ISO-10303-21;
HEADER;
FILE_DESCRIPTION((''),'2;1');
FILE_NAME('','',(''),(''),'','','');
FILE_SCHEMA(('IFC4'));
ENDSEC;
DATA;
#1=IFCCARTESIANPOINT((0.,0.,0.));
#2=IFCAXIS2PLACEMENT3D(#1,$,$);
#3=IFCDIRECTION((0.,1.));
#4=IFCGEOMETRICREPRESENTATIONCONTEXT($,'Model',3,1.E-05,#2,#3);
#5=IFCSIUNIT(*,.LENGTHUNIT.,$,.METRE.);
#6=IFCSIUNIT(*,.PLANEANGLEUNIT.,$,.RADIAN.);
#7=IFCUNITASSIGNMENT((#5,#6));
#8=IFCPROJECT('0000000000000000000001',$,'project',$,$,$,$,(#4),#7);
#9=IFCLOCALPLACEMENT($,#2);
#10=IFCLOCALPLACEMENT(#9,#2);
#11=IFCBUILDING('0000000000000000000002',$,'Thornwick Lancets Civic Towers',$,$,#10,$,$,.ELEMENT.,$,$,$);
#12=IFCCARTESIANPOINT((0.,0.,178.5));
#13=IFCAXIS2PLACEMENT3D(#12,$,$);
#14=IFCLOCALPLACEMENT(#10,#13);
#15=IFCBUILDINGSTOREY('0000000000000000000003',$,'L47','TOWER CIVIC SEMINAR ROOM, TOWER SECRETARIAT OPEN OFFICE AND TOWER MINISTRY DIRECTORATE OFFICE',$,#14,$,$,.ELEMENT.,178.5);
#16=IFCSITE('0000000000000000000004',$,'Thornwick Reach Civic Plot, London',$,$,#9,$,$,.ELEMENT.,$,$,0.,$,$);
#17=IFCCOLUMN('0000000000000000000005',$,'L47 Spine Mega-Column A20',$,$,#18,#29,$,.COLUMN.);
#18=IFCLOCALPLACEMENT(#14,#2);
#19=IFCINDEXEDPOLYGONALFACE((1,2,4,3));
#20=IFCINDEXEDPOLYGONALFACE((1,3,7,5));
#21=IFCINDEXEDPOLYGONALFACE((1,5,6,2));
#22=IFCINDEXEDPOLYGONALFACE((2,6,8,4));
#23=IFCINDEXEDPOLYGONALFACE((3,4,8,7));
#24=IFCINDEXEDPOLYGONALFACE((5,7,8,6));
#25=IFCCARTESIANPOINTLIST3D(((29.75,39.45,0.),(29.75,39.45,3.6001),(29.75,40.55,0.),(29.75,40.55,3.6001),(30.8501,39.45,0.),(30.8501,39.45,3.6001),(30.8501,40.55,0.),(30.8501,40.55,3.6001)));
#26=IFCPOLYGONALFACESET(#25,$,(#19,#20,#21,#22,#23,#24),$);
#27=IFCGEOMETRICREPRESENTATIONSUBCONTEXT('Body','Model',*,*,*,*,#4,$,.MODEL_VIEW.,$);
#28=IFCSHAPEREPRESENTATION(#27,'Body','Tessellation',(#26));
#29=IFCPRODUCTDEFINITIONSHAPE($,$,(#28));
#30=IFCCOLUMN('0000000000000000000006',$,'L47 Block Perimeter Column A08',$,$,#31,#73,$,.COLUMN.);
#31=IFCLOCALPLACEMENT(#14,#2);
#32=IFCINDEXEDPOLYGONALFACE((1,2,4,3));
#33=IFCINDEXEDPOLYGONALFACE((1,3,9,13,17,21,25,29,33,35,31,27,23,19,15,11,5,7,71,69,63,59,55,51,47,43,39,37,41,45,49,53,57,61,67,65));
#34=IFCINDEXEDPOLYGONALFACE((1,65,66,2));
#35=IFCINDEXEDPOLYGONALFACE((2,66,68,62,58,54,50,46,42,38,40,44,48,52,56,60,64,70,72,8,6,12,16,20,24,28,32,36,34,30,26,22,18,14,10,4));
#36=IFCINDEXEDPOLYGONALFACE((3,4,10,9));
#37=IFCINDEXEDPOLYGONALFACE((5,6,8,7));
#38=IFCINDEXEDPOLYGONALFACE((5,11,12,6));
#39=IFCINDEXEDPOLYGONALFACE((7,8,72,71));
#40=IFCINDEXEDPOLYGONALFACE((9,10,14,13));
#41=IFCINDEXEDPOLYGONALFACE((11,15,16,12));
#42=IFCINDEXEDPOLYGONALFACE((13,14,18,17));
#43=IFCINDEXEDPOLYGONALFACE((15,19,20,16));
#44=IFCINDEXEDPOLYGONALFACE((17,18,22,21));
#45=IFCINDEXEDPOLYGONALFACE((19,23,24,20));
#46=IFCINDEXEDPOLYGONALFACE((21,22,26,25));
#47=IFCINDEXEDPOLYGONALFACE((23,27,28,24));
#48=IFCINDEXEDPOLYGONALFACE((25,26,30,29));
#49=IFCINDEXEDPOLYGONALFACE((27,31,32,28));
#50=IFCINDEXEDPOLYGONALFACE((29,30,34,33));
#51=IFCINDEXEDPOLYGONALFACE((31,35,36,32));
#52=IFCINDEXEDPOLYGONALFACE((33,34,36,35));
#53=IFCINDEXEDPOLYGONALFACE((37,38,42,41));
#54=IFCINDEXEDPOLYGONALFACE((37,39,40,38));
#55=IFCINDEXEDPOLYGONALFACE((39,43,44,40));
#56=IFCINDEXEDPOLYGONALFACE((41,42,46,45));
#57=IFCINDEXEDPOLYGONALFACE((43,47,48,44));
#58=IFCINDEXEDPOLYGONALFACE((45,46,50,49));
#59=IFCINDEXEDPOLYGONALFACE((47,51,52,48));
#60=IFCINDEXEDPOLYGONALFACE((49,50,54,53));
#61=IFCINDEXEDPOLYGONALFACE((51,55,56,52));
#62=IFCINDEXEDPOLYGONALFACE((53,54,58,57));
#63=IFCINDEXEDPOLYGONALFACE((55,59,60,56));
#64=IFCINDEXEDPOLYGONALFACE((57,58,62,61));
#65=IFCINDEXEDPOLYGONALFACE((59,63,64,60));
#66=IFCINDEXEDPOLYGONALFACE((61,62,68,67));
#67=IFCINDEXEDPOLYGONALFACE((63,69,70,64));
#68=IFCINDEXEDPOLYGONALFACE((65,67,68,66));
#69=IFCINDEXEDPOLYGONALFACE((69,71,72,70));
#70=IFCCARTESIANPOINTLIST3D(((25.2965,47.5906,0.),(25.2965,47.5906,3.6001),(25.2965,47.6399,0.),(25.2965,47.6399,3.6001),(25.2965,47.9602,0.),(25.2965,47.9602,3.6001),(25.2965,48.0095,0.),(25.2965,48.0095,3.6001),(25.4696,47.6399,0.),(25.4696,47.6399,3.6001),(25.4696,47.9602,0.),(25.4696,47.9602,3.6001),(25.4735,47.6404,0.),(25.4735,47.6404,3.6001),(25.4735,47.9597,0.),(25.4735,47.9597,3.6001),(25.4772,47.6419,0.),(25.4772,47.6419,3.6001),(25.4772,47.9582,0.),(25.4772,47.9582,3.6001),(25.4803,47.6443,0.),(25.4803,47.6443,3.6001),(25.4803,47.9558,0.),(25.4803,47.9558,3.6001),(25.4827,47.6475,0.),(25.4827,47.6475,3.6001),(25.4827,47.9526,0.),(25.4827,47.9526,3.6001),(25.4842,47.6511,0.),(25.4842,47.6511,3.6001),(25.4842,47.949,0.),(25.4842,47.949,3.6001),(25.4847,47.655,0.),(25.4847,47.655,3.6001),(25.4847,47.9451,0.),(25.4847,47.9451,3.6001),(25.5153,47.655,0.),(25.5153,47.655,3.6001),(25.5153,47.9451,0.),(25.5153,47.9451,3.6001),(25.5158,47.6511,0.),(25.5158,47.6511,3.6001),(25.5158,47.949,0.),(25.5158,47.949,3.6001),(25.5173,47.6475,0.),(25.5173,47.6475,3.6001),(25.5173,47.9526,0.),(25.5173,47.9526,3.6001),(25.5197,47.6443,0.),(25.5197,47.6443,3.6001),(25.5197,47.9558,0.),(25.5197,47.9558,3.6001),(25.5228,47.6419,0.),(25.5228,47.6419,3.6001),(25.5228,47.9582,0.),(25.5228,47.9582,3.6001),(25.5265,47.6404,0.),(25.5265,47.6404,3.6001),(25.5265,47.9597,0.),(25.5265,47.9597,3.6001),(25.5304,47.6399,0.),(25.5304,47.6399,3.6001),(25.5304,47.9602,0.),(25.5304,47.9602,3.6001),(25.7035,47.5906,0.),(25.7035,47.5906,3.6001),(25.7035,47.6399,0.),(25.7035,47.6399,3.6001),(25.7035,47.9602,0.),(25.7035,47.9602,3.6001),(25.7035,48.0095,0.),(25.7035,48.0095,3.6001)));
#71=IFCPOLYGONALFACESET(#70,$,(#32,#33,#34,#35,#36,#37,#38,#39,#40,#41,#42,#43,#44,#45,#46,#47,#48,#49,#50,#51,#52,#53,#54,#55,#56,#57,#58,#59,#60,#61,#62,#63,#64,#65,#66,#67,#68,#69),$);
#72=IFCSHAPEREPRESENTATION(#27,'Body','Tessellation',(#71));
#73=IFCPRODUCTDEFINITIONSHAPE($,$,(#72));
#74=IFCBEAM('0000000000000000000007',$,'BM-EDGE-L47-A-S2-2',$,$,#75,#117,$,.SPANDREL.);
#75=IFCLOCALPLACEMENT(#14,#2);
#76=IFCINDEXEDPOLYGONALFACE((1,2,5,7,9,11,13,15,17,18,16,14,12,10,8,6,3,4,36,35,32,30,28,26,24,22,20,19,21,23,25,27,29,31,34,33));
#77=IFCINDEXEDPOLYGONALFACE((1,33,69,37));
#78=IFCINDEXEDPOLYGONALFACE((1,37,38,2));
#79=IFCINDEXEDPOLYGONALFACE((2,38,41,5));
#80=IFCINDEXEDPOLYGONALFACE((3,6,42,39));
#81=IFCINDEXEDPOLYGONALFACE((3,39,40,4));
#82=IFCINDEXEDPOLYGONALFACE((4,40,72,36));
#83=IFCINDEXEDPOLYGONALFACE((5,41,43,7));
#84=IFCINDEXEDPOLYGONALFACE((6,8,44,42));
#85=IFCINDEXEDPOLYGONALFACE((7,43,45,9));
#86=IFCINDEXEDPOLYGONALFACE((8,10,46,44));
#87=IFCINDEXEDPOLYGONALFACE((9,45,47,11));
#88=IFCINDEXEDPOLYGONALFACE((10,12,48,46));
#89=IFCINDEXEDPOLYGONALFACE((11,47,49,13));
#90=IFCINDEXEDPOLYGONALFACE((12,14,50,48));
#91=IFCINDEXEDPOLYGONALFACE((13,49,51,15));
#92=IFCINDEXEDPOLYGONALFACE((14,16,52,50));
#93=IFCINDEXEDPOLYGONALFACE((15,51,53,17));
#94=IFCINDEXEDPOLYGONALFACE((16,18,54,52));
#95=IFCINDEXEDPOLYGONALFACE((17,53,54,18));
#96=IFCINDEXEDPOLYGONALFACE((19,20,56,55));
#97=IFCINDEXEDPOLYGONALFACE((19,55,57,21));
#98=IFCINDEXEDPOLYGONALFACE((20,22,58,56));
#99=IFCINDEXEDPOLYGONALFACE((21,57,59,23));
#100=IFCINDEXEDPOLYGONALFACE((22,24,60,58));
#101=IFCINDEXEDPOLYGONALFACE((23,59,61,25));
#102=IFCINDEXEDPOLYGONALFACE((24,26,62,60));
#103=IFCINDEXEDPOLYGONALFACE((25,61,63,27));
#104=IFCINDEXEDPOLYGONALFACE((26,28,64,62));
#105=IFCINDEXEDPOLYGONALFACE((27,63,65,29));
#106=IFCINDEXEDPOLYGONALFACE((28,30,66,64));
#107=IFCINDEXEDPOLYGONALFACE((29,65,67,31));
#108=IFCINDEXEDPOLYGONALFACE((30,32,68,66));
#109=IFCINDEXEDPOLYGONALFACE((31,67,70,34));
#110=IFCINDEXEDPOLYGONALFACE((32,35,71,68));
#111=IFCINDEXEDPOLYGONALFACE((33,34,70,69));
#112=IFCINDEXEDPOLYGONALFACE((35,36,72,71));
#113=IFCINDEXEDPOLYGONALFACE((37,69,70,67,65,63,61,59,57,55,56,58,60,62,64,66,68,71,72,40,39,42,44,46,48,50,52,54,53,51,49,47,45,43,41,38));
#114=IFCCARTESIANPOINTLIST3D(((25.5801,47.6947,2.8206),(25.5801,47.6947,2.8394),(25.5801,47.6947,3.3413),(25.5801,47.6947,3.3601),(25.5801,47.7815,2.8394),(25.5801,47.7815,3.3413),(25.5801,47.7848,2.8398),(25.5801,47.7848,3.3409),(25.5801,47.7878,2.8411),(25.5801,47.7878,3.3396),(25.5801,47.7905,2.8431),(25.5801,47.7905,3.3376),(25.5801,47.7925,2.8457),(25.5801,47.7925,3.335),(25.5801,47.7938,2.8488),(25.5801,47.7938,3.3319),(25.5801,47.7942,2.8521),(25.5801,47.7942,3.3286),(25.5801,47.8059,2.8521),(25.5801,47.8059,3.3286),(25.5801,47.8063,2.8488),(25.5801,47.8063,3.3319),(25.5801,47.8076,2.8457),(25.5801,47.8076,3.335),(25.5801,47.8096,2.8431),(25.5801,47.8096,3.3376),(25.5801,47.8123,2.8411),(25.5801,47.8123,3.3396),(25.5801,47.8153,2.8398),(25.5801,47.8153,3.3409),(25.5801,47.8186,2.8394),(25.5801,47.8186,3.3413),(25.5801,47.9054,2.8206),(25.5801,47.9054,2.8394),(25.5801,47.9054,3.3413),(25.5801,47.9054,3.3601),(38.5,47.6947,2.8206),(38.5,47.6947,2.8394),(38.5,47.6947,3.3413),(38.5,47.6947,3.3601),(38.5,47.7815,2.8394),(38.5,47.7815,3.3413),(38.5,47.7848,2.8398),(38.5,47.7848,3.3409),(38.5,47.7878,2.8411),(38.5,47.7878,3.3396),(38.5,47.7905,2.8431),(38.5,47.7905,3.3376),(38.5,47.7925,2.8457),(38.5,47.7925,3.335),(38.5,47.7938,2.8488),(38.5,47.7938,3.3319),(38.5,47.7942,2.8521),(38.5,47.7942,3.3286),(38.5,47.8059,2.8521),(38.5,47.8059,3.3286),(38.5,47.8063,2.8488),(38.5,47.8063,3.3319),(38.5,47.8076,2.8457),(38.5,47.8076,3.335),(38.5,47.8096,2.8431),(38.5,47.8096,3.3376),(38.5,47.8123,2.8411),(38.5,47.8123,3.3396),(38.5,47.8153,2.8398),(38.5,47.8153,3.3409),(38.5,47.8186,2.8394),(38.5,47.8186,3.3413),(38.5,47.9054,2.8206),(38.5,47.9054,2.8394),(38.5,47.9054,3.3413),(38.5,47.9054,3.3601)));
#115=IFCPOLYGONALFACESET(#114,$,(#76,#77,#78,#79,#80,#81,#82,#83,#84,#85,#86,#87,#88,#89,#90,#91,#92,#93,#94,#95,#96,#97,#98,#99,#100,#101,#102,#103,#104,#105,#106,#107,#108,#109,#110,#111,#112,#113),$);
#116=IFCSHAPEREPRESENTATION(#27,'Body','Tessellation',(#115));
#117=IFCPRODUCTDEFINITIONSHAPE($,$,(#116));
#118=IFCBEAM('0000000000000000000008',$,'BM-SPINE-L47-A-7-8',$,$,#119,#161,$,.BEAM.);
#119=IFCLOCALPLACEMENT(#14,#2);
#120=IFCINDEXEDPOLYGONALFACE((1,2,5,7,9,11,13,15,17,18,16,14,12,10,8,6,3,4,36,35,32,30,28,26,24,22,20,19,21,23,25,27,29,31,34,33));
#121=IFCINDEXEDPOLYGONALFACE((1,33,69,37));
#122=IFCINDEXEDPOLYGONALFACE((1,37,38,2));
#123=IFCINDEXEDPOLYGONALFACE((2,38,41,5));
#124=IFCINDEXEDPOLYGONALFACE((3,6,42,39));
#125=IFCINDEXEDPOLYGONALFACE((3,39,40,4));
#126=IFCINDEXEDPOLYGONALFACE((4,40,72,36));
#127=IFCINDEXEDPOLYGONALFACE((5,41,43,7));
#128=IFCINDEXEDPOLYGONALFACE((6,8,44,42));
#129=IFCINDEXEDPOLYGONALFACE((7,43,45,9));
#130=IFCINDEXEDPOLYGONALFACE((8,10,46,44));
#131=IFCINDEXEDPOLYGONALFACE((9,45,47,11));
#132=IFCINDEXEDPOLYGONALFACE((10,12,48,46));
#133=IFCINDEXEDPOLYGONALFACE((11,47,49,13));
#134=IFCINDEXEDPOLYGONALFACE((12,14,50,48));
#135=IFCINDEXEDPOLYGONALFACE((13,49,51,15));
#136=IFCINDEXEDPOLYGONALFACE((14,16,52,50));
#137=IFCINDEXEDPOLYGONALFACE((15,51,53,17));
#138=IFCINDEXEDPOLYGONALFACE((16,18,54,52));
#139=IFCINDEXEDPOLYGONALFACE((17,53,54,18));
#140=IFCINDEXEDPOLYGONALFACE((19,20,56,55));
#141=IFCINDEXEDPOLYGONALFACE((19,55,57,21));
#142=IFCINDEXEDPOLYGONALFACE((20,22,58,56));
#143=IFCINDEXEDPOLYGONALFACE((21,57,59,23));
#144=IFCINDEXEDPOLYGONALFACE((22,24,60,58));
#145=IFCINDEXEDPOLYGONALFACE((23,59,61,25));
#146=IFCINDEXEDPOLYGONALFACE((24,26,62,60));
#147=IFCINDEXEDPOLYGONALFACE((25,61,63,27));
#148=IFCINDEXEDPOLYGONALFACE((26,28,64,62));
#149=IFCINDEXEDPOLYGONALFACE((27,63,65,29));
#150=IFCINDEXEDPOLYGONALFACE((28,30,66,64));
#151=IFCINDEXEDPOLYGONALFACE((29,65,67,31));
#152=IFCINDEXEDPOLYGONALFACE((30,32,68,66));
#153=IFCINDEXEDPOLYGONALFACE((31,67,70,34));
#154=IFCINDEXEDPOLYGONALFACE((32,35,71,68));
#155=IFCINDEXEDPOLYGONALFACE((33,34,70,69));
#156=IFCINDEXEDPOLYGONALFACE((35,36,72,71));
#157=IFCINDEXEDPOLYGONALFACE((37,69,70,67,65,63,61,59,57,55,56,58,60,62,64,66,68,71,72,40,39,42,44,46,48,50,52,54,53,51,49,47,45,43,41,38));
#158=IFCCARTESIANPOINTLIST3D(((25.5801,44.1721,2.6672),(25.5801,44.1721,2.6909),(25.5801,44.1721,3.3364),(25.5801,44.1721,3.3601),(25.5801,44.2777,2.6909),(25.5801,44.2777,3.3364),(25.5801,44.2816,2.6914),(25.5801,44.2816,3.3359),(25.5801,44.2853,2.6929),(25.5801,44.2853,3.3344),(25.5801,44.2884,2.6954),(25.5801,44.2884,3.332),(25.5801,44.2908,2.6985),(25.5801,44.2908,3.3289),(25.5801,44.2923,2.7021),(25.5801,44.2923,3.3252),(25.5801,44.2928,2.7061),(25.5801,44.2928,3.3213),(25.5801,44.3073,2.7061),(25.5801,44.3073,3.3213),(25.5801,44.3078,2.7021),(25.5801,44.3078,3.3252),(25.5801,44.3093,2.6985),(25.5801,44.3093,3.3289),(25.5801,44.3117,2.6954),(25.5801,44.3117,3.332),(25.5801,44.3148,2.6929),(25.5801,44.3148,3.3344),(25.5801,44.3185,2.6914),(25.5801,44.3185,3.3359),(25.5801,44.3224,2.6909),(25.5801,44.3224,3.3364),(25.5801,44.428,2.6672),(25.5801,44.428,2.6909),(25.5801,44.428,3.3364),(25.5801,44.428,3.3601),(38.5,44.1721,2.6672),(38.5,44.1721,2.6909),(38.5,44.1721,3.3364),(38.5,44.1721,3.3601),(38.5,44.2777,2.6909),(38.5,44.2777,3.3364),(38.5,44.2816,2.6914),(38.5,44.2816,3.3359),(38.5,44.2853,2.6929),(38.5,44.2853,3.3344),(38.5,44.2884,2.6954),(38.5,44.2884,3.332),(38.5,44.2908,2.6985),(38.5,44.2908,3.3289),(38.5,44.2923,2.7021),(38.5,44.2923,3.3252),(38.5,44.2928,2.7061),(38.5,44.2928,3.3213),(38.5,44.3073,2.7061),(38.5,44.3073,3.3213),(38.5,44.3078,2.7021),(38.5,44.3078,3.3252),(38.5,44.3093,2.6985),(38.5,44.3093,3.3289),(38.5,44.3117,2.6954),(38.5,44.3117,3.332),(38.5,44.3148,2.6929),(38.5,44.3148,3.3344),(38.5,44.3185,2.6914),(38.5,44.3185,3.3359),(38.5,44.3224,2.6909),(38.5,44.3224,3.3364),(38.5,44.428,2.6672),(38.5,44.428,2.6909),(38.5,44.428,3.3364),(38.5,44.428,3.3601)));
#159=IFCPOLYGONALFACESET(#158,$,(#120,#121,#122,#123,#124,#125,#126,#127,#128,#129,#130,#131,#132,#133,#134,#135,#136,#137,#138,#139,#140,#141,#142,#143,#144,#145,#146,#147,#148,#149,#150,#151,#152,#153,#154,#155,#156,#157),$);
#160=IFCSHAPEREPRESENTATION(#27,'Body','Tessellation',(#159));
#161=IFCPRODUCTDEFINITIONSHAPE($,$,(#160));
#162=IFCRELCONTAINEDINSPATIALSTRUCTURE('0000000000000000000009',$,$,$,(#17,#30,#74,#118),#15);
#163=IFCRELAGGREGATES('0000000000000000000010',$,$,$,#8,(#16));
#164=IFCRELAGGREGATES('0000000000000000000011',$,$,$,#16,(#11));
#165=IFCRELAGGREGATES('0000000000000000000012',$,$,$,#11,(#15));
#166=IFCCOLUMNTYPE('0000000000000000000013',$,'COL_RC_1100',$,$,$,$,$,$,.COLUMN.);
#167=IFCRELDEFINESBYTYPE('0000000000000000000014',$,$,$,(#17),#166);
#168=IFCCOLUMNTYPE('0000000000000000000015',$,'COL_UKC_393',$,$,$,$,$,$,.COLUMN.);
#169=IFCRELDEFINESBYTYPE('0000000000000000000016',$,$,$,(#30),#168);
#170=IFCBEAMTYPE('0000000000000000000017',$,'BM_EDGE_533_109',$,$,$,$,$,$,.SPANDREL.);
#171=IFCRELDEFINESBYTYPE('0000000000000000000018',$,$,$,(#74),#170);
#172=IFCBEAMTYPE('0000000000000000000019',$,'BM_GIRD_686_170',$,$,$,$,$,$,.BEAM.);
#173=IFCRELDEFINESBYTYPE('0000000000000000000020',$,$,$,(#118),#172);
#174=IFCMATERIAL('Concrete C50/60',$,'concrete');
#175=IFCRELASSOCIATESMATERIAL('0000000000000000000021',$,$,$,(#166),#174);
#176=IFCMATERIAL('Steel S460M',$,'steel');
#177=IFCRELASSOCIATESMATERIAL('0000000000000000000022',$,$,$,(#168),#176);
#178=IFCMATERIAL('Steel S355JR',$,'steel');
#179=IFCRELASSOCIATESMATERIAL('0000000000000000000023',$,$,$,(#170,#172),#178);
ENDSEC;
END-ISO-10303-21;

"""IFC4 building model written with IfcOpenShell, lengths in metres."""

from ifc_helpers import new_model, si_unit, direction, frame, origin, origin_2d, place, context, subcontext, project, spatial, rectangle, i_section, extrude, material, material_profile, profile_set, type_object, element, save


model = new_model("IFC4")

# Units and contexts
model_context = context("Model", 3, precision=1e-05, world=origin(), true_north=direction((0.0, 1.0)))
body_context = subcontext(model_context, "Body", "Model", "MODEL_VIEW")
ifc_project = project(units=[si_unit("LENGTHUNIT", "METRE"), si_unit("PLANEANGLEUNIT", "RADIAN")], contexts=[model_context])

# Site, building, storey
site_placement = place(None, origin())
site = spatial("IfcSite", under=ifc_project, at=site_placement, Name="Thornwick Reach Civic Plot, London", CompositionType="ELEMENT", RefElevation=0.0)
building_placement = place(site_placement, origin())
building = spatial("IfcBuilding", under=site, at=building_placement, Name="Thornwick Lancets Civic Towers", CompositionType="ELEMENT")
storey_placement = place(building_placement, frame((0.0, 0.0, 178.5)))
storey = spatial("IfcBuildingStorey", under=building, at=storey_placement, Name="L47", Description="TOWER CIVIC SEMINAR ROOM, TOWER SECRETARIAT OPEN OFFICE AND TOWER MINISTRY DIRECTORATE OFFICE", CompositionType="ELEMENT", Elevation=178.5)

# Columns
ifc_material_1 = material(Name="Concrete C50/60", Category="concrete")
ifc_material_profile_1 = material_profile(ifc_material_1, rectangle(XDim=1.1001, YDim=1.1001, at=origin_2d()), Name="RC 1100x1100")
ifc_profile_set_1 = profile_set([ifc_material_profile_1], Name="Concrete C50/60")
column_type_1 = type_object("IfcColumnType", Name="COL_RC_1100", PredefinedType="COLUMN", material=ifc_profile_set_1)
column_1_placement = place(storey_placement, frame((30.3, 40.0, 0.0), z_axis=(0.0, 0.0, 1.0), x_axis=(1.0, 0.0, 0.0)))
element("IfcColumn", 1, at=column_1_placement, inside=storey, type_object=column_type_1, Name="L47 Spine Mega-Column A20", PredefinedType="COLUMN", context=body_context, shape_type="SweptSolid", body=[
    extrude(rectangle(XDim=1.1001, YDim=1.1001, at=origin_2d()), origin(), (0.0, 0.0, 1.0), 3.6001),
])
ifc_material_2 = material(Name="Steel S460M", Category="steel")
ifc_material_profile_2 = material_profile(ifc_material_2, i_section(OverallWidth=0.407, OverallDepth=0.4189, WebThickness=0.0305, FlangeThickness=0.0493, FilletRadius=0.0151, at=origin_2d()), Name="UKC 356x406x393")
ifc_profile_set_2 = profile_set([ifc_material_profile_2], Name="Steel S460M")
column_type_2 = type_object("IfcColumnType", Name="COL_UKC_393", PredefinedType="COLUMN", material=ifc_profile_set_2)
column_2_placement = place(storey_placement, frame((25.5, 47.8, 0.0), z_axis=(0.0, 0.0, 1.0), x_axis=(1.0, 0.0, 0.0)))
element("IfcColumn", 2, at=column_2_placement, inside=storey, type_object=column_type_2, Name="L47 Block Perimeter Column A08", PredefinedType="COLUMN", context=body_context, shape_type="SweptSolid", body=[
    extrude(i_section(OverallWidth=0.407, OverallDepth=0.4189, WebThickness=0.0305, FlangeThickness=0.0493, FilletRadius=0.0151, at=origin_2d()), origin(), (0.0, 0.0, 1.0), 3.6001),
])

# Beams
ifc_material_3 = material(Name="Steel S355JR", Category="steel")
ifc_material_profile_3 = material_profile(ifc_material_3, i_section(OverallWidth=0.2107, OverallDepth=0.5396, WebThickness=0.0117, FlangeThickness=0.0188, FilletRadius=0.0127, at=origin_2d()), Name="UKB 533x210x109")
ifc_profile_set_3 = profile_set([ifc_material_profile_3], Name="Steel S355JR")
beam_type_1 = type_object("IfcBeamType", Name="BM_EDGE_533_109", PredefinedType="SPANDREL", material=ifc_profile_set_3)
beam_1_placement = place(storey_placement, frame((25.5801, 47.8, 3.0903), z_axis=(1.0, 0.0, 0.0), x_axis=(0.0, 1.0, 0.0)))
element("IfcBeam", 3, at=beam_1_placement, inside=storey, type_object=beam_type_1, Name="BM-EDGE-L47-A-S2-2", PredefinedType="SPANDREL", context=body_context, shape_type="SweptSolid", body=[
    extrude(i_section(OverallWidth=0.2107, OverallDepth=0.5396, WebThickness=0.0117, FlangeThickness=0.0188, FilletRadius=0.0127, at=origin_2d()), origin(), (0.0, 0.0, 1.0), 12.9199),
])
ifc_material_profile_4 = material_profile(ifc_material_3, i_section(OverallWidth=0.2559, OverallDepth=0.6929, WebThickness=0.0144, FlangeThickness=0.0237, FilletRadius=0.0151, at=origin_2d()), Name="UKB 686x254x170")
ifc_profile_set_4 = profile_set([ifc_material_profile_4], Name="Steel S355JR")
beam_type_2 = type_object("IfcBeamType", Name="BM_GIRD_686_170", PredefinedType="BEAM", material=ifc_profile_set_4)
beam_2_placement = place(storey_placement, frame((25.5801, 44.3, 3.0137), z_axis=(1.0, 0.0, 0.0), x_axis=(0.0, 1.0, 0.0)))
element("IfcBeam", 4, at=beam_2_placement, inside=storey, type_object=beam_type_2, Name="BM-SPINE-L47-A-7-8", PredefinedType="BEAM", context=body_context, shape_type="SweptSolid", body=[
    extrude(i_section(OverallWidth=0.2559, OverallDepth=0.6929, WebThickness=0.0144, FlangeThickness=0.0237, FilletRadius=0.0151, at=origin_2d()), origin(), (0.0, 0.0, 1.0), 12.9199),
])

save(model, "model.ifc")
